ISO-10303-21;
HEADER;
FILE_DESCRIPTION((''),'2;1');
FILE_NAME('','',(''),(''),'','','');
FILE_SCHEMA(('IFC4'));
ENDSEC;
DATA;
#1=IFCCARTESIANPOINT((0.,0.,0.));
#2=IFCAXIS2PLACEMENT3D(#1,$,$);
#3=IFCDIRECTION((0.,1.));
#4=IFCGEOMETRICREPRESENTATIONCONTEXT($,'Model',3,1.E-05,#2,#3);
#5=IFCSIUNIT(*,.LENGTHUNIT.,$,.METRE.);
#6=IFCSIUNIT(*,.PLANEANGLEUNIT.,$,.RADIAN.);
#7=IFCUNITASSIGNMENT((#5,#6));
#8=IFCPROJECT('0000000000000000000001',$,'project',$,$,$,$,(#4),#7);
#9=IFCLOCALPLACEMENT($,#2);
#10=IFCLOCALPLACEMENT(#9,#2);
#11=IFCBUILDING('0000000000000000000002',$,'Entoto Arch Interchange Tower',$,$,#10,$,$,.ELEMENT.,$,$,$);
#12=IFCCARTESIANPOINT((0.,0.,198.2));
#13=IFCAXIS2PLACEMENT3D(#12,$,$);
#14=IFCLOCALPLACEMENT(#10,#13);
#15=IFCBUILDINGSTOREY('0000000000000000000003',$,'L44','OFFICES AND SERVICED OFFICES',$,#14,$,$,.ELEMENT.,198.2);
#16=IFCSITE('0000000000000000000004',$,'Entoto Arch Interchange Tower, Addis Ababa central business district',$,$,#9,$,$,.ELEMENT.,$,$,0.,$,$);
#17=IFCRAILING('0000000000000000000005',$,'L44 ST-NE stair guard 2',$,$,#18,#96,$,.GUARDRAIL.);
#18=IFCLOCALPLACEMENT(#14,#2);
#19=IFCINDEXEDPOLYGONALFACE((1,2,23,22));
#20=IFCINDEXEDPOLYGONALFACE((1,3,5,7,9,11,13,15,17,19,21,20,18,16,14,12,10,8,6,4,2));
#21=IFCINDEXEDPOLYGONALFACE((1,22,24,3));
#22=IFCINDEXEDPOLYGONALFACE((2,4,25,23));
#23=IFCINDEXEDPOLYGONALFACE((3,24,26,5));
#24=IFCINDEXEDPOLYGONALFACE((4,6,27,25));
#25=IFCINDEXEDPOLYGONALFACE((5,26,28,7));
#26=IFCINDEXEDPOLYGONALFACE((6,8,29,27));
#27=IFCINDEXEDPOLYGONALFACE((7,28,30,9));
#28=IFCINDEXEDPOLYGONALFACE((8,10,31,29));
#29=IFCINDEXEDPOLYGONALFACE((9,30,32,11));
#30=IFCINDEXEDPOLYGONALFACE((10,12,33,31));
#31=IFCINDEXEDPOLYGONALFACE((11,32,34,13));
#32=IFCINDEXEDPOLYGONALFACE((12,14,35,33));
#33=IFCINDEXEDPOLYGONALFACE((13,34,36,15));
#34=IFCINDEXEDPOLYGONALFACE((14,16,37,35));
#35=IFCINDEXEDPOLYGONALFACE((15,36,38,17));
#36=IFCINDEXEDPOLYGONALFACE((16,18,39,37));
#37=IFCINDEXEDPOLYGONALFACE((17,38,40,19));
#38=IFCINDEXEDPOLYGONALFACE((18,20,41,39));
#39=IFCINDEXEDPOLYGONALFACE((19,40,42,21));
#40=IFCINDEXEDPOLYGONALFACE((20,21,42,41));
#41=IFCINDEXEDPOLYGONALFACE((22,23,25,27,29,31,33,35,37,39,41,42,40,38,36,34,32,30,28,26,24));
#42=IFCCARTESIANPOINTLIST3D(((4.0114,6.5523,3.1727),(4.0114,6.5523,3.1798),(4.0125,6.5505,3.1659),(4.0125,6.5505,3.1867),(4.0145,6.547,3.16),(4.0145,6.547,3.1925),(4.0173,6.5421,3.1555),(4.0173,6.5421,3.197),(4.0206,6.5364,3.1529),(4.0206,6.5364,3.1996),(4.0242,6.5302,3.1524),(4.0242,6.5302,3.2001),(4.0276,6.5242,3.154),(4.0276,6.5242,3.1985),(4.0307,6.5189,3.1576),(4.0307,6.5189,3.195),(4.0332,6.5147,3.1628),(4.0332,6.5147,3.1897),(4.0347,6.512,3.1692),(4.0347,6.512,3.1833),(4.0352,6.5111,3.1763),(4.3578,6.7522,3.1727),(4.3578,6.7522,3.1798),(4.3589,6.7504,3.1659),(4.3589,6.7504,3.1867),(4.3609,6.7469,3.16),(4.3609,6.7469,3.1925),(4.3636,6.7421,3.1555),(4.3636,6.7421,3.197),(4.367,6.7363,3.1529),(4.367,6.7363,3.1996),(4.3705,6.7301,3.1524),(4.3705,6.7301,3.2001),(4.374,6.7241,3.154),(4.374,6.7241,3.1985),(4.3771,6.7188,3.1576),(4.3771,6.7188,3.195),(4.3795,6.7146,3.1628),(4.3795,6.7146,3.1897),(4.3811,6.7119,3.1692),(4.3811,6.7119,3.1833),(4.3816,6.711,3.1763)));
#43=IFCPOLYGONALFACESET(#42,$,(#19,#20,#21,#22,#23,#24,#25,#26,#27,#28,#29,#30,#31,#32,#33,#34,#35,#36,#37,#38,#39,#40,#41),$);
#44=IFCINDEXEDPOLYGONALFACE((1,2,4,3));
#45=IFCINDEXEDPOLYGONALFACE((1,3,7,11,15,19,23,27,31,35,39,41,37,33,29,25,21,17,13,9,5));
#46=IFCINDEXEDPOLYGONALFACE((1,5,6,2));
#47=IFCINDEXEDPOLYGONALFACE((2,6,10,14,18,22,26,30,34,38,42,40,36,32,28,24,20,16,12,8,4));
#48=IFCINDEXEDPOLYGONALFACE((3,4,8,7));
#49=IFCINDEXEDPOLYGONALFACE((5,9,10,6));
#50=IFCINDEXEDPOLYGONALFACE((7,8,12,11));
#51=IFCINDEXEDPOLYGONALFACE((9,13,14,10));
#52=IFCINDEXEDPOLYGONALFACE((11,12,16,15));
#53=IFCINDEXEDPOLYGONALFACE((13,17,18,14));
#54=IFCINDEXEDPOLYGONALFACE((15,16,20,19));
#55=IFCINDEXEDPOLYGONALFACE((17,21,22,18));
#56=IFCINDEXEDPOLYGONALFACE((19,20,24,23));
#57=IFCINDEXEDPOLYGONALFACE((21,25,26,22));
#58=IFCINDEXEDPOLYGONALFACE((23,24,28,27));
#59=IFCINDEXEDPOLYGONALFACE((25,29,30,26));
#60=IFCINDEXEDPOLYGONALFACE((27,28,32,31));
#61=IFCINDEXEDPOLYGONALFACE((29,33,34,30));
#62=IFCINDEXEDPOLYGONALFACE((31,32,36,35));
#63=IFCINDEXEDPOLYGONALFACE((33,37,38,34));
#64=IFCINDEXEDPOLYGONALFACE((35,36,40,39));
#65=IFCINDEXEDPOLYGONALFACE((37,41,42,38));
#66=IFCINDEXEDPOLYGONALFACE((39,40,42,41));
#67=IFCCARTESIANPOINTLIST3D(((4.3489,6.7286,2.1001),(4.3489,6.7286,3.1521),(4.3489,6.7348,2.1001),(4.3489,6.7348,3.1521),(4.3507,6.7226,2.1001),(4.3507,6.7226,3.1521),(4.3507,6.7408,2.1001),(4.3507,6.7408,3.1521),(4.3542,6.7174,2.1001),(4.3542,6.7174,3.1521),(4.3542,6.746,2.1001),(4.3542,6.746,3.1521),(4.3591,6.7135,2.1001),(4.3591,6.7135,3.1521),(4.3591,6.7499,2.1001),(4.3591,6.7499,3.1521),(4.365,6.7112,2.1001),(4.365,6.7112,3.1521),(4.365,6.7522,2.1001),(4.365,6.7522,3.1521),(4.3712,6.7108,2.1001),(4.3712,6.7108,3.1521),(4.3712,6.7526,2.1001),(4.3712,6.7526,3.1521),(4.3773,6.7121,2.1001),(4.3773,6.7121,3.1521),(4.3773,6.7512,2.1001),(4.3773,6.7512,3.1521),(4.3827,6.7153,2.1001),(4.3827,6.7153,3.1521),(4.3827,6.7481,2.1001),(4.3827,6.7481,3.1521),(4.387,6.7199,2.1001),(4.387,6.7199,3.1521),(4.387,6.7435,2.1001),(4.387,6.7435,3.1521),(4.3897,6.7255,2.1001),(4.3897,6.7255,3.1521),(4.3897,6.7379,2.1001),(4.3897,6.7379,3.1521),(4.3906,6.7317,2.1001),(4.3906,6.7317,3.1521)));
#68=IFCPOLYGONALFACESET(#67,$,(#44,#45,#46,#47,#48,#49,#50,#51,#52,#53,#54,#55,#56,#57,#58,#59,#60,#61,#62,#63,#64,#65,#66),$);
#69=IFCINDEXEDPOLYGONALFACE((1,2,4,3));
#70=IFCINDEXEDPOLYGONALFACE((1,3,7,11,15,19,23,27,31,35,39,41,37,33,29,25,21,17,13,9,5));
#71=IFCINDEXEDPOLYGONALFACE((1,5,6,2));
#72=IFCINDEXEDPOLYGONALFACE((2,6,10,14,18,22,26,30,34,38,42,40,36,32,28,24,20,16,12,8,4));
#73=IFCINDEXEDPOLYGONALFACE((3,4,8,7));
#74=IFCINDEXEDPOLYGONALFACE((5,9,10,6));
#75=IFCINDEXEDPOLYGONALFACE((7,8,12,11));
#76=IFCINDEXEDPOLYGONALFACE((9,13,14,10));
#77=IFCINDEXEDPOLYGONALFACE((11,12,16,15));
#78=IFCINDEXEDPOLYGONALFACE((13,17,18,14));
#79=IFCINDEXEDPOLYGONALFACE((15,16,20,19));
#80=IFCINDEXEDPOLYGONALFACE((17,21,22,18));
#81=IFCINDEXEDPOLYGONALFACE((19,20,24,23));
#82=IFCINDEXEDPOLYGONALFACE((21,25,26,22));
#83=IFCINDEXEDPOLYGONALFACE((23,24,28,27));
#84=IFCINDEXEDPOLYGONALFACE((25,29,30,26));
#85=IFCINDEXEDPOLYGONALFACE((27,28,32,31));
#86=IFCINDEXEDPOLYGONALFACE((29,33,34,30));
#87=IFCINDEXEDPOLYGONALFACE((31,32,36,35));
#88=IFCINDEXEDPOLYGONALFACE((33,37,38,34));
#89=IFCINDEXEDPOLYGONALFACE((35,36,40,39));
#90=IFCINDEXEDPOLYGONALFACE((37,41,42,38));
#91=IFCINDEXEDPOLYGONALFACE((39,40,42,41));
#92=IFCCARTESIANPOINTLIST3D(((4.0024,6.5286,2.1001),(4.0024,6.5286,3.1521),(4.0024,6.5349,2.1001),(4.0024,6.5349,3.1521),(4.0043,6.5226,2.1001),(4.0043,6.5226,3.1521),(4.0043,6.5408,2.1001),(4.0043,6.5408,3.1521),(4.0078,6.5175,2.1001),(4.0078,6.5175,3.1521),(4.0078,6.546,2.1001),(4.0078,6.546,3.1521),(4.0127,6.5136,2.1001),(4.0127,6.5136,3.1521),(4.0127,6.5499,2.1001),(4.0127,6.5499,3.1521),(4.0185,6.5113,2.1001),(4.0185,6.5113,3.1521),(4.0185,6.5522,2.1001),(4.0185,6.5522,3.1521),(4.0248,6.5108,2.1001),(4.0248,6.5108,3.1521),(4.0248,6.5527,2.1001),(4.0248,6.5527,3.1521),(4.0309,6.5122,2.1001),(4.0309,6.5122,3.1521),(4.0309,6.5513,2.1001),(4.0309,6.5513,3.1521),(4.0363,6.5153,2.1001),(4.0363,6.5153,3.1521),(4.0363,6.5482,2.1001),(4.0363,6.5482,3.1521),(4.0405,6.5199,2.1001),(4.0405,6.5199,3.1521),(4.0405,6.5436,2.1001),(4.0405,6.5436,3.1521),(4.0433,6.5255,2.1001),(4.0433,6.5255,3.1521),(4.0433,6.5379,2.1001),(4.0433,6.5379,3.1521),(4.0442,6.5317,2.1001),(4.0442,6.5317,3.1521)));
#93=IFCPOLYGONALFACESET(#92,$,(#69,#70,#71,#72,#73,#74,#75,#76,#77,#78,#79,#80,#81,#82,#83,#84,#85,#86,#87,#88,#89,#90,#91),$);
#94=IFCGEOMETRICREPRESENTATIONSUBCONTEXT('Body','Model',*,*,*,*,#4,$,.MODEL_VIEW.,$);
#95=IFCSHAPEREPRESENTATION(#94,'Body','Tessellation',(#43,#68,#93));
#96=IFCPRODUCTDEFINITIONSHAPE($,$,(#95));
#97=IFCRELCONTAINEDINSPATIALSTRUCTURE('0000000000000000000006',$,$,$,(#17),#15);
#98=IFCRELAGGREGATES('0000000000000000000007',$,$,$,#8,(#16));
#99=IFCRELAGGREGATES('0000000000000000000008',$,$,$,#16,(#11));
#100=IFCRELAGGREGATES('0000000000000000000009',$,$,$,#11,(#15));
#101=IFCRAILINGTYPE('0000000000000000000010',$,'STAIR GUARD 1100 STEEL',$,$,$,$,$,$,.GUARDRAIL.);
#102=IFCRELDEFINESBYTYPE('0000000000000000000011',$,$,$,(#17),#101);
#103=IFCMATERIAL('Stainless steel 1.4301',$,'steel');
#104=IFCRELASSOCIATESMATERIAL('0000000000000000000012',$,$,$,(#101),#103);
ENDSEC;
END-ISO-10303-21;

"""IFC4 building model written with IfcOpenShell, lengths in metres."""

from ifc_helpers import new_model, si_unit, direction, frame, origin, origin_2d, place, context, subcontext, project, spatial, circle, extrude, material, type_object, element, save


model = new_model("IFC4")

# Units and contexts
model_context = context("Model", 3, precision=1e-05, world=origin(), true_north=direction((0.0, 1.0)))
body_context = subcontext(model_context, "Body", "Model", "MODEL_VIEW")
ifc_project = project(units=[si_unit("LENGTHUNIT", "METRE"), si_unit("PLANEANGLEUNIT", "RADIAN")], contexts=[model_context])

# Site, building, storey
site_placement = place(None, origin())
site = spatial("IfcSite", under=ifc_project, at=site_placement, Name="Entoto Arch Interchange Tower, Addis Ababa central business district", CompositionType="ELEMENT", RefElevation=0.0)
building_placement = place(site_placement, origin())
building = spatial("IfcBuilding", under=site, at=building_placement, Name="Entoto Arch Interchange Tower", CompositionType="ELEMENT")
storey_placement = place(building_placement, frame((0.0, 0.0, 198.2)))
storey = spatial("IfcBuildingStorey", under=building, at=storey_placement, Name="L44", Description="OFFICES AND SERVICED OFFICES", CompositionType="ELEMENT", Elevation=198.2)

# Railing
ifc_material_1 = material(Name="Stainless steel 1.4301", Category="steel")
railing_type_1 = type_object("IfcRailingType", Name="STAIR GUARD 1100 STEEL", PredefinedType="GUARDRAIL", material=ifc_material_1)
railing_1_placement = place(storey_placement, frame((4.3696, 6.7317, 2.1001)))
element("IfcRailing", 1, at=railing_1_placement, inside=storey, type_object=railing_type_1, Name="L44 ST-NE stair guard 2", PredefinedType="GUARDRAIL", context=body_context, shape_type="SweptSolid", body=[
    extrude(circle(Radius=0.0239, at=origin_2d()), frame((0.0, 0.0, 1.0762), z_axis=(-0.866094, -0.499881, 0.0), x_axis=(0.499881, -0.866094, 0.0)), (0.0, 0.0, 1.0), 0.3999),
    extrude(circle(Radius=0.021, at=origin_2d()), origin(), (0.0, 0.0, 1.0), 1.052),
    extrude(circle(Radius=0.021, at=origin_2d()), frame((-0.3464, -0.2, 0.0)), (0.0, 0.0, 1.0), 1.052),
])

save(model, "model.ifc")
